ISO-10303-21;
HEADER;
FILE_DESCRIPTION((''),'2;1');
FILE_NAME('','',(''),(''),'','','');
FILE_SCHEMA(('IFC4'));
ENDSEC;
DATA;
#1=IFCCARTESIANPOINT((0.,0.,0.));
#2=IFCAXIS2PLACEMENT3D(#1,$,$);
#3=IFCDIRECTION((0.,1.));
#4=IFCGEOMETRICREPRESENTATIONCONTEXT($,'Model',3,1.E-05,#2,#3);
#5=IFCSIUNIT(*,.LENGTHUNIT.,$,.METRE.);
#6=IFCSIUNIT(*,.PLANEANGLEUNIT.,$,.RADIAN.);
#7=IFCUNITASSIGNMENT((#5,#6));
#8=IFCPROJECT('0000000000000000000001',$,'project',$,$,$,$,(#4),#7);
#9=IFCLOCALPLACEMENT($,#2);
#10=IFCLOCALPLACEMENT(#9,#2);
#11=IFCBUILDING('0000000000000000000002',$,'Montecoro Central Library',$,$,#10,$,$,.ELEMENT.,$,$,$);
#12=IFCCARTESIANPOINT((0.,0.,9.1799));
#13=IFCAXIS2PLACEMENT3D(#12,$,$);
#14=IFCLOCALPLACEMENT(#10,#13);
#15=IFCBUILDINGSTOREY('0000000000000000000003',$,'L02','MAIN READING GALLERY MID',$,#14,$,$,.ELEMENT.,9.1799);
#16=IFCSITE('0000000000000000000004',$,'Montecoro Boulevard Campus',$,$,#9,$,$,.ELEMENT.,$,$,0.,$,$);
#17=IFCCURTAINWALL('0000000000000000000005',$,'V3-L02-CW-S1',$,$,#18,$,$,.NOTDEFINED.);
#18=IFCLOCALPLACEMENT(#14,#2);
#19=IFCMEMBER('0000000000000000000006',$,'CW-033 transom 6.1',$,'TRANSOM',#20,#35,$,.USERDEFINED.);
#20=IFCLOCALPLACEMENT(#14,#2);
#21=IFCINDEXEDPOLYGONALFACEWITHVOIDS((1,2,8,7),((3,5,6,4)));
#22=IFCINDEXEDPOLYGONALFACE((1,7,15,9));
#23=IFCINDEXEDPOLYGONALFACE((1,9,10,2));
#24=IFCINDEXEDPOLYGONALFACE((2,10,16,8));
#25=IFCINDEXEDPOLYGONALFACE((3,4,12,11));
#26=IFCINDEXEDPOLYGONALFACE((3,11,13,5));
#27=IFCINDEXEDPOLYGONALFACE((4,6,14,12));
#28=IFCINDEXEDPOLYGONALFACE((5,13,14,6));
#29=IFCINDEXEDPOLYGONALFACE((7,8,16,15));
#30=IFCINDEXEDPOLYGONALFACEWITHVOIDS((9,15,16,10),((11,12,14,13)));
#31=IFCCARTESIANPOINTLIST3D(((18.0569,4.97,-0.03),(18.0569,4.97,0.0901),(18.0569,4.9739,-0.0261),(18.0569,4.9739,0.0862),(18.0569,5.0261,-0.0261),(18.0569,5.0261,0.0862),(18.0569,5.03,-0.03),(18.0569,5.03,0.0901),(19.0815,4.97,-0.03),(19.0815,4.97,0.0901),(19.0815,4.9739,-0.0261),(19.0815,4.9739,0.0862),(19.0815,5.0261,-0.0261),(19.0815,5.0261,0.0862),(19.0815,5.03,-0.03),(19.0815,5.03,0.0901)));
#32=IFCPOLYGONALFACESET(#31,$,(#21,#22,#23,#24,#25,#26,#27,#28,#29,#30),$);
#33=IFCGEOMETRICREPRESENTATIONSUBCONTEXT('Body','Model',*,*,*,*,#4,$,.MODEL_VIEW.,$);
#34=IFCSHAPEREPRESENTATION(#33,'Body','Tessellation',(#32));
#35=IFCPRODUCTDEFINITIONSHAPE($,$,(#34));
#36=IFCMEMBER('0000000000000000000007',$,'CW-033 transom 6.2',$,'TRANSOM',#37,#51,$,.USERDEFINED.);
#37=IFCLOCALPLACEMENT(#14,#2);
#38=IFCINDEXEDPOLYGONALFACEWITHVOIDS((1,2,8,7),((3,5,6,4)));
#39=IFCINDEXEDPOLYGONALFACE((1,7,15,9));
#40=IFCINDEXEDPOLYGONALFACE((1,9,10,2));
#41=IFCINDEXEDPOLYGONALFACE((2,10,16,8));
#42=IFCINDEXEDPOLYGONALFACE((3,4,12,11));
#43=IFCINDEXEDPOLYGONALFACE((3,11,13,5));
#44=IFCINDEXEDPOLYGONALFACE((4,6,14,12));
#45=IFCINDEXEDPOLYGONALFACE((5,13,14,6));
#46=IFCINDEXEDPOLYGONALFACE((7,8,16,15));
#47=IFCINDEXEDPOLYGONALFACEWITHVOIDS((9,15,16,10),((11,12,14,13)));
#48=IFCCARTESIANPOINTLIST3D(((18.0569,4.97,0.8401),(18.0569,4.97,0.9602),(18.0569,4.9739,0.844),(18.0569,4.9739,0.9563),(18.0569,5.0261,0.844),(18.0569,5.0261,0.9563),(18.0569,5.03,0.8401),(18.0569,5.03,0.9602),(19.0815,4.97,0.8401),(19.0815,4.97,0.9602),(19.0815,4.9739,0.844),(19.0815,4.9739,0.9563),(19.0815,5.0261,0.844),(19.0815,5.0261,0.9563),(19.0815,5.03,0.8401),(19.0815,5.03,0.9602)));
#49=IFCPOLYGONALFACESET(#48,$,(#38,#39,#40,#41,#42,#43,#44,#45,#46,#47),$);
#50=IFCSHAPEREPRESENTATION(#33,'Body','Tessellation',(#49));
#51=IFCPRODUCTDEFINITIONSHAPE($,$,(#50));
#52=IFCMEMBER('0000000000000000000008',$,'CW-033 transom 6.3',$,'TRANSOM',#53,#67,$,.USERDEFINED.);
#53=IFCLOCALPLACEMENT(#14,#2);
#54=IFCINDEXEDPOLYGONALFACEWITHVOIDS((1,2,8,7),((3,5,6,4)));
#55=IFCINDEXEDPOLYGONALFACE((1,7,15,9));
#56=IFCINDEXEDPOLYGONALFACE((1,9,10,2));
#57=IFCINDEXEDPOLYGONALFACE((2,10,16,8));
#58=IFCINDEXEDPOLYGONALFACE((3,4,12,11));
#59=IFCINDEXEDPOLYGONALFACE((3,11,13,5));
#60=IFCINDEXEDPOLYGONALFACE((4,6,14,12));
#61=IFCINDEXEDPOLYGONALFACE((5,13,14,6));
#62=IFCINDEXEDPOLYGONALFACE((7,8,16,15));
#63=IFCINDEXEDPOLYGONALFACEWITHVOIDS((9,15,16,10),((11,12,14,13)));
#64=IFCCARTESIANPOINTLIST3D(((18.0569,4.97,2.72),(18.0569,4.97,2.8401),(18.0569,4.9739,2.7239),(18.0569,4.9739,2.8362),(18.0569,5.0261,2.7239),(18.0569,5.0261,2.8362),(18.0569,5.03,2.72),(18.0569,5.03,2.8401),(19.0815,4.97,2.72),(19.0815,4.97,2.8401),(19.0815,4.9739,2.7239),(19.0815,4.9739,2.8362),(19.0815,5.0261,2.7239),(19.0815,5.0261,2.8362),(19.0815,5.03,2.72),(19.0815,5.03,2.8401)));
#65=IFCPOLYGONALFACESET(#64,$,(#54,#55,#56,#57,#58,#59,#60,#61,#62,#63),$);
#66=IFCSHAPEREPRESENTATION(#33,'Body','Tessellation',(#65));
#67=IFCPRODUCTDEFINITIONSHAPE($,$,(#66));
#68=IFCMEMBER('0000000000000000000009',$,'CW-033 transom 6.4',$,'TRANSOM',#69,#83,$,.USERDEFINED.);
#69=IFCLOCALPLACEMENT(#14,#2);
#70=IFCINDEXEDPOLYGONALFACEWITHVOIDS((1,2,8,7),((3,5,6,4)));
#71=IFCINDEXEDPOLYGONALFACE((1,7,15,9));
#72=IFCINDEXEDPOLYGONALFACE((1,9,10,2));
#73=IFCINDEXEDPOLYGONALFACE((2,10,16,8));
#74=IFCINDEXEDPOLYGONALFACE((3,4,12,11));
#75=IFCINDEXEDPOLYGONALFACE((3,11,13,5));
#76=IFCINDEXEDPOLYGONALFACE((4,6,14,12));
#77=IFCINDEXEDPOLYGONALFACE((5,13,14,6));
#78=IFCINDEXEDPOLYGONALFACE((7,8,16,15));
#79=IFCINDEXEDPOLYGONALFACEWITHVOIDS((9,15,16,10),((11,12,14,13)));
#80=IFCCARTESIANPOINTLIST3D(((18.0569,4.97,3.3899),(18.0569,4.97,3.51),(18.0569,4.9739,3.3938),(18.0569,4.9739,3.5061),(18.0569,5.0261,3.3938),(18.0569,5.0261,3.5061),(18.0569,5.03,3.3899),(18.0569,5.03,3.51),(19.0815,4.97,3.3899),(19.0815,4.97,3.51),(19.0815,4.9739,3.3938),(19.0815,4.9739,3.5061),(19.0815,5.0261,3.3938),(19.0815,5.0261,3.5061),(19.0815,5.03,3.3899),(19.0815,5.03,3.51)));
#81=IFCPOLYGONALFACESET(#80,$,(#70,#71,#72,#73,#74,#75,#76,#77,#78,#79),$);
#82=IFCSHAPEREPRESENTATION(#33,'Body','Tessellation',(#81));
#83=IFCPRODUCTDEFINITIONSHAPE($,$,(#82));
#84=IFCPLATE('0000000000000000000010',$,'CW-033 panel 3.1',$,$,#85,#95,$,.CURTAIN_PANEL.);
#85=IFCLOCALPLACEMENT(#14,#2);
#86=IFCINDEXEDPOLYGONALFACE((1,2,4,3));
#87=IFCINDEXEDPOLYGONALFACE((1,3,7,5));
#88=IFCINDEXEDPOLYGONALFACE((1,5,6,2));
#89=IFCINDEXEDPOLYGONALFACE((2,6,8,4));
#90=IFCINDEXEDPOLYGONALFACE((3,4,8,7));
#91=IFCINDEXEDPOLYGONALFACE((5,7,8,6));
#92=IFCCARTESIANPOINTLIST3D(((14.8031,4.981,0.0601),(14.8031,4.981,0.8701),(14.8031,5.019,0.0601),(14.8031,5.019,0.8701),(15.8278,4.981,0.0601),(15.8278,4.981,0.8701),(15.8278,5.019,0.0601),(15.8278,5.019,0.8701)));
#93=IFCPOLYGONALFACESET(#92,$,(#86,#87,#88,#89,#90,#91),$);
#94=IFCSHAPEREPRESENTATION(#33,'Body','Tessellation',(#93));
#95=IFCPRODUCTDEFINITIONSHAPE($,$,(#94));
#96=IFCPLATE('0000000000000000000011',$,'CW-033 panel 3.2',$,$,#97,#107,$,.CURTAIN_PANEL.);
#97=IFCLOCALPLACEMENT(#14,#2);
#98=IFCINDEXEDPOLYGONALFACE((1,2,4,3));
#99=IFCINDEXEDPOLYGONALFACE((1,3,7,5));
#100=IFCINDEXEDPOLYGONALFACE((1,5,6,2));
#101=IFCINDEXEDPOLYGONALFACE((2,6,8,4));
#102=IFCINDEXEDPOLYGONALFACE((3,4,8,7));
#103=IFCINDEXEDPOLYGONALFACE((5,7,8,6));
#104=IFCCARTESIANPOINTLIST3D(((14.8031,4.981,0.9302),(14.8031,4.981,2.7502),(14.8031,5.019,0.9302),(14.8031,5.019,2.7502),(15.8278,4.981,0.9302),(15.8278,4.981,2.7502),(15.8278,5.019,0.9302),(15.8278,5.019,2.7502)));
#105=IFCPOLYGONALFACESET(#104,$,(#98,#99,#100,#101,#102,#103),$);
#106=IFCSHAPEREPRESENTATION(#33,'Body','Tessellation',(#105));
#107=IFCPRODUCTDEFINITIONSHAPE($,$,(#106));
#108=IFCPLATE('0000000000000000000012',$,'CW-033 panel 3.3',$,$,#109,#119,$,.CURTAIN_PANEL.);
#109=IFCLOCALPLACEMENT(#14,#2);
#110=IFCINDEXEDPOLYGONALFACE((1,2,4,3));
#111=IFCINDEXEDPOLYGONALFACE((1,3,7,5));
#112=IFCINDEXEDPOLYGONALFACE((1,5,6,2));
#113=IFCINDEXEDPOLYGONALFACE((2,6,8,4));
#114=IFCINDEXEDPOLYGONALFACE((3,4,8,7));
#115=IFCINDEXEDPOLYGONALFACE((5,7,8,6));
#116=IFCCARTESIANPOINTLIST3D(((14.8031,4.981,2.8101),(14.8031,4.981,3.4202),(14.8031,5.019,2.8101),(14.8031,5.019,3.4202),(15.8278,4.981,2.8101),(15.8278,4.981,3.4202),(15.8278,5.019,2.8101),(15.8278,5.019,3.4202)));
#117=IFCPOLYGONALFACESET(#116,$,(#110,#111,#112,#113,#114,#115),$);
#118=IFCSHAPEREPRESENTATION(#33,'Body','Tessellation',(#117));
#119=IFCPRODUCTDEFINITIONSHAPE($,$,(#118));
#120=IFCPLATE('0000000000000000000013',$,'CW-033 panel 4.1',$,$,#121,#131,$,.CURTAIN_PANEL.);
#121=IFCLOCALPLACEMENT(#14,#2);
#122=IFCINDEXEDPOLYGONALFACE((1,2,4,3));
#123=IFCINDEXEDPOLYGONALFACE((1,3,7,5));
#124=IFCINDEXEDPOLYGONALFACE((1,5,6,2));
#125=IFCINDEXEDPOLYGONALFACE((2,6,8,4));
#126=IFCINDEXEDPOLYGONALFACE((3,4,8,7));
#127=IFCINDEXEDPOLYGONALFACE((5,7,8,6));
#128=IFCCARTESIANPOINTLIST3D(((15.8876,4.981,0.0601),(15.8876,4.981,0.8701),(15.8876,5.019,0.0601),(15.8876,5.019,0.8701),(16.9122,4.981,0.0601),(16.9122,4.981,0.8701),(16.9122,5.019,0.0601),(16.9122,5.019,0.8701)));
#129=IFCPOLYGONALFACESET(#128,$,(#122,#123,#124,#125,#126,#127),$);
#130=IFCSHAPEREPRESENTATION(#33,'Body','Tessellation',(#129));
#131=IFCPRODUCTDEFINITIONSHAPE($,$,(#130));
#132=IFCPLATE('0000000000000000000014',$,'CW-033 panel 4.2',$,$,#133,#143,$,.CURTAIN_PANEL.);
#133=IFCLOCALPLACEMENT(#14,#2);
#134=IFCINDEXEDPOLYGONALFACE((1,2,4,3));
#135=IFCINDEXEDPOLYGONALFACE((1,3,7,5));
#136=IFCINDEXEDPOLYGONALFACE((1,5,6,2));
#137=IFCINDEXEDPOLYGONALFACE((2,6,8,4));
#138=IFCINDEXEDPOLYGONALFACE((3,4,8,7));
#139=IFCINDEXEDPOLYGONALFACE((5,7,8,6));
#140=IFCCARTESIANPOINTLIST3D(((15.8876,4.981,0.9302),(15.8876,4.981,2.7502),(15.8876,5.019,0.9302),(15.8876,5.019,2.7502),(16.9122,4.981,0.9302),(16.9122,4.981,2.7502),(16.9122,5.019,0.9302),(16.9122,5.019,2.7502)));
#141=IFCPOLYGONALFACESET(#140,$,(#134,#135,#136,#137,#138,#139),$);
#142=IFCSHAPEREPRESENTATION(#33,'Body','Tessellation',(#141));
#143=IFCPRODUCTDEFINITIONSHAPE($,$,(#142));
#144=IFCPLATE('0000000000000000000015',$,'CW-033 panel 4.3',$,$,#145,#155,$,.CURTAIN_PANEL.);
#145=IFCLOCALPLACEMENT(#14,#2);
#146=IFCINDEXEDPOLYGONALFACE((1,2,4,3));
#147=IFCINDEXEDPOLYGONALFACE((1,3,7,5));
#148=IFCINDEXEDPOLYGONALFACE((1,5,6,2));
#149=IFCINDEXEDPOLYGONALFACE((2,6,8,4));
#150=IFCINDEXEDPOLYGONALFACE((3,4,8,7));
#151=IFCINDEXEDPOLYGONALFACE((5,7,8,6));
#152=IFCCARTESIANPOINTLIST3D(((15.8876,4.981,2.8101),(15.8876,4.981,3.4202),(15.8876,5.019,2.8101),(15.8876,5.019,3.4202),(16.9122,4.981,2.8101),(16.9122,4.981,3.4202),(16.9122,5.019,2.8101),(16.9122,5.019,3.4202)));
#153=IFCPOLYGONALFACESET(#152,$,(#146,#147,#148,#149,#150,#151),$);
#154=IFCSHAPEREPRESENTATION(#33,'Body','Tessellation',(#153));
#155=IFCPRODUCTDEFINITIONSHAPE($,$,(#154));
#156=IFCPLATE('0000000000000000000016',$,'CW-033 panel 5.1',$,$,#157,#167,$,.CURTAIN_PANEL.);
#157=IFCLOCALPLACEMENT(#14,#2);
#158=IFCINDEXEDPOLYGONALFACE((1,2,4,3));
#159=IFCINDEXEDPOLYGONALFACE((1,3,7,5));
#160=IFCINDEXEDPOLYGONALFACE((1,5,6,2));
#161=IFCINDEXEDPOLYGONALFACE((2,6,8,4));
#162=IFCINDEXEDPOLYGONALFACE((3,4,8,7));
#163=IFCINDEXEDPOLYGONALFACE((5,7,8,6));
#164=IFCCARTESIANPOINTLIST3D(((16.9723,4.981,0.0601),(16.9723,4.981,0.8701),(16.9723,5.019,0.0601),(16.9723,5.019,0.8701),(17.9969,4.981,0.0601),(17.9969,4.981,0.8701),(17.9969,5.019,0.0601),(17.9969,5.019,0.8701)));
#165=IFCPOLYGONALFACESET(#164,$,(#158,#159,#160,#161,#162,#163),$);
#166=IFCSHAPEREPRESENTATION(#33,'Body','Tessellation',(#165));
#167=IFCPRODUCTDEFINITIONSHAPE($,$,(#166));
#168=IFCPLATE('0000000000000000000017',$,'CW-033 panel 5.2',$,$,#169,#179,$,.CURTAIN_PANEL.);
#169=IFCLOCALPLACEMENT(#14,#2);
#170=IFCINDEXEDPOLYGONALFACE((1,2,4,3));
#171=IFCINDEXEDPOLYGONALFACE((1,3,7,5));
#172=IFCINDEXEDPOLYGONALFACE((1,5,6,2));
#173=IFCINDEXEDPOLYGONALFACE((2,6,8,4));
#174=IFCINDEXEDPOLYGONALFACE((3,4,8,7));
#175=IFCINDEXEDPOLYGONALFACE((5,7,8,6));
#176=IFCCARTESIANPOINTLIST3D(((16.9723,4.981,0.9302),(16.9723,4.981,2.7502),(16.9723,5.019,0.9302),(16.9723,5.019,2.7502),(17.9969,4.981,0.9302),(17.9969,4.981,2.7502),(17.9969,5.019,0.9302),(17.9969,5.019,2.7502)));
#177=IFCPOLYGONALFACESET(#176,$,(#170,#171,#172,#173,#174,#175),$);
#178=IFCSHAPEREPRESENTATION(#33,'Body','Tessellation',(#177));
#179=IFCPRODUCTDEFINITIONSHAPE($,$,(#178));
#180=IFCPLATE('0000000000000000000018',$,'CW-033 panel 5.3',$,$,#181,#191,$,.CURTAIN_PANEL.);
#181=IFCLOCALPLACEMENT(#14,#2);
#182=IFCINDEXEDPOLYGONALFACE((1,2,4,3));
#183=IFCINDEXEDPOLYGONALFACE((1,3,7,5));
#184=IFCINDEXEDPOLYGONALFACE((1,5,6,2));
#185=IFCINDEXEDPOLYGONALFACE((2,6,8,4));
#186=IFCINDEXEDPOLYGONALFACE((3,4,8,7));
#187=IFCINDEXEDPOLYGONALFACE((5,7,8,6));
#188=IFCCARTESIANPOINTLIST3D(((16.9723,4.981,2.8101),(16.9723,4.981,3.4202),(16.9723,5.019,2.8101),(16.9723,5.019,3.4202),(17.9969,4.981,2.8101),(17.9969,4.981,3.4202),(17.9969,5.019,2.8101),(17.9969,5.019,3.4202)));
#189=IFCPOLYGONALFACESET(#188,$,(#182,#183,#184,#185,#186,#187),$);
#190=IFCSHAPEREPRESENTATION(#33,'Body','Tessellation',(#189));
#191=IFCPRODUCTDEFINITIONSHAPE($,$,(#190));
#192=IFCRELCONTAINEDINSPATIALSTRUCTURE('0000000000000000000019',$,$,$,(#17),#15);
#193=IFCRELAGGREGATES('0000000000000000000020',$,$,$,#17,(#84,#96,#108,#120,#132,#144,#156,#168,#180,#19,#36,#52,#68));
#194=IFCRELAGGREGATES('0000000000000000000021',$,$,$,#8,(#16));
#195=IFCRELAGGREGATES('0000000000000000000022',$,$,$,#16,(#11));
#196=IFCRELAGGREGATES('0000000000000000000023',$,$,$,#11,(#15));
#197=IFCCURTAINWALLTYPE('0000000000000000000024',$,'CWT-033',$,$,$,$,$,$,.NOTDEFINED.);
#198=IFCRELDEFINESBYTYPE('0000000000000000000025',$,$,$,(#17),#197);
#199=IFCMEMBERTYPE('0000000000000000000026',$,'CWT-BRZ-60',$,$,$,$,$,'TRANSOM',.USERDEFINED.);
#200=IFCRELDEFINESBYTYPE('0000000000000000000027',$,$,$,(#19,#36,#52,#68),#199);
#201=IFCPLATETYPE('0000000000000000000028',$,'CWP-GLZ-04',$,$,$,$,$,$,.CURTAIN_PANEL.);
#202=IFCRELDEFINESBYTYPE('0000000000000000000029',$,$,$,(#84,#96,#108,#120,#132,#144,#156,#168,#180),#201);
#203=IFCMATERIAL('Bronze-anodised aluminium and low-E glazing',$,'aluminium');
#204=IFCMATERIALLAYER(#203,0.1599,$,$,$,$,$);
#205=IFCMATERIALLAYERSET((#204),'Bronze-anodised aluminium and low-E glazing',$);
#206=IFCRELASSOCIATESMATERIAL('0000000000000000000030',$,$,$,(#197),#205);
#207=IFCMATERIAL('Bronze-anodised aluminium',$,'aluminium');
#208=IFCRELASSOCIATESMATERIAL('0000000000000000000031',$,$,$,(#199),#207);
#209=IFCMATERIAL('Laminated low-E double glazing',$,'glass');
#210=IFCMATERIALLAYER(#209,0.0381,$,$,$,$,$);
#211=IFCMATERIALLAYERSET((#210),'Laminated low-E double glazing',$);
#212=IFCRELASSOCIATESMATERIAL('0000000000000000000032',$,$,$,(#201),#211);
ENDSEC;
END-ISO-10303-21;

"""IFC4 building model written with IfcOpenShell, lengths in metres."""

from ifc_helpers import new_model, si_unit, direction, frame, origin, origin_2d, place, context, subcontext, project, spatial, rectangle, hollow_rectangle, extrude, material, layer, layer_set, material_profile, profile_set, type_object, element, aggregate, save


model = new_model("IFC4")

# Units and contexts
model_context = context("Model", 3, precision=1e-05, world=origin(), true_north=direction((0.0, 1.0)))
body_context = subcontext(model_context, "Body", "Model", "MODEL_VIEW")
ifc_project = project(units=[si_unit("LENGTHUNIT", "METRE"), si_unit("PLANEANGLEUNIT", "RADIAN")], contexts=[model_context])

# Site, building, storey
site_placement = place(None, origin())
site = spatial("IfcSite", under=ifc_project, at=site_placement, Name="Montecoro Boulevard Campus", CompositionType="ELEMENT", RefElevation=0.0)
building_placement = place(site_placement, origin())
building = spatial("IfcBuilding", under=site, at=building_placement, Name="Montecoro Central Library", CompositionType="ELEMENT")
storey_placement = place(building_placement, frame((0.0, 0.0, 9.1799)))
storey = spatial("IfcBuildingStorey", under=building, at=storey_placement, Name="L02", Description="MAIN READING GALLERY MID", CompositionType="ELEMENT", Elevation=9.1799)

# Curtain wall, members, plates
ifc_material_1 = material(Name="Bronze-anodised aluminium and low-E glazing", Category="aluminium")
ifc_layer_1 = layer(ifc_material_1, 0.1599)
ifc_layer_set_1 = layer_set([ifc_layer_1], Name="Bronze-anodised aluminium and low-E glazing")
curtain_wall_type = type_object("IfcCurtainWallType", Name="CWT-033", PredefinedType="NOTDEFINED", material=ifc_layer_set_1)
curtain_wall_placement = place(storey_placement, origin())
curtain_wall = element("IfcCurtainWall", 1, at=curtain_wall_placement, inside=storey, type_object=curtain_wall_type, Name="V3-L02-CW-S1", PredefinedType="NOTDEFINED")
ifc_material_2 = material(Name="Bronze-anodised aluminium", Category="aluminium")
ifc_material_profile_1 = material_profile(ifc_material_2, hollow_rectangle(XDim=0.0601, YDim=0.1201, WallThickness=0.0039, at=origin_2d()), Name="CWT 120x60x4.0")
ifc_profile_set_1 = profile_set([ifc_material_profile_1], Name="Bronze-anodised aluminium")
member_type_1 = type_object("IfcMemberType", Name="CWT-BRZ-60", ElementType="TRANSOM", PredefinedType="USERDEFINED", material=ifc_profile_set_1)
member_1_placement = place(storey_placement, frame((18.0569, 5.0, 0.03), z_axis=(1.0, 0.0, 0.0), x_axis=(0.0, 1.0, 0.0)))
member_1 = element("IfcMember", 2, at=member_1_placement, type_object=member_type_1, Name="CW-033 transom 6.1", ObjectType="TRANSOM", PredefinedType="USERDEFINED", context=body_context, shape_type="SweptSolid", body=[
    extrude(hollow_rectangle(XDim=0.0601, YDim=0.1201, WallThickness=0.0039, at=origin_2d()), origin(), (0.0, 0.0, 1.0), 1.0247),
])
member_2_placement = place(storey_placement, frame((18.0569, 5.0, 0.9001), z_axis=(1.0, 0.0, 0.0), x_axis=(0.0, 1.0, 0.0)))
member_2 = element("IfcMember", 3, at=member_2_placement, type_object=member_type_1, Name="CW-033 transom 6.2", ObjectType="TRANSOM", PredefinedType="USERDEFINED", context=body_context, shape_type="SweptSolid", body=[
    extrude(hollow_rectangle(XDim=0.0601, YDim=0.1201, WallThickness=0.0039, at=origin_2d()), origin(), (0.0, 0.0, 1.0), 1.0247),
])
member_3_placement = place(storey_placement, frame((18.0569, 5.0, 2.78), z_axis=(1.0, 0.0, 0.0), x_axis=(0.0, 1.0, 0.0)))
member_3 = element("IfcMember", 4, at=member_3_placement, type_object=member_type_1, Name="CW-033 transom 6.3", ObjectType="TRANSOM", PredefinedType="USERDEFINED", context=body_context, shape_type="SweptSolid", body=[
    extrude(hollow_rectangle(XDim=0.0601, YDim=0.1201, WallThickness=0.0039, at=origin_2d()), origin(), (0.0, 0.0, 1.0), 1.0247),
])
member_4_placement = place(storey_placement, frame((18.0569, 5.0, 3.45), z_axis=(1.0, 0.0, 0.0), x_axis=(0.0, 1.0, 0.0)))
member_4 = element("IfcMember", 5, at=member_4_placement, type_object=member_type_1, Name="CW-033 transom 6.4", ObjectType="TRANSOM", PredefinedType="USERDEFINED", context=body_context, shape_type="SweptSolid", body=[
    extrude(hollow_rectangle(XDim=0.0601, YDim=0.1201, WallThickness=0.0039, at=origin_2d()), origin(), (0.0, 0.0, 1.0), 1.0247),
])
ifc_material_3 = material(Name="Laminated low-E double glazing", Category="glass")
ifc_layer_2 = layer(ifc_material_3, 0.0381)
ifc_layer_set_2 = layer_set([ifc_layer_2], Name="Laminated low-E double glazing")
plate_type_1 = type_object("IfcPlateType", Name="CWP-GLZ-04", PredefinedType="CURTAIN_PANEL", material=ifc_layer_set_2)
plate_1_placement = place(storey_placement, frame((15.3154, 5.0, 0.0601), z_axis=(0.0, 0.0, 1.0), x_axis=(1.0, 0.0, 0.0)))
plate_1 = element("IfcPlate", 6, at=plate_1_placement, type_object=plate_type_1, Name="CW-033 panel 3.1", PredefinedType="CURTAIN_PANEL", context=body_context, shape_type="SweptSolid", body=[
    extrude(rectangle(XDim=1.0247, YDim=0.0381, at=origin_2d()), origin(), (0.0, 0.0, 1.0), 0.8101),
])
plate_2_placement = place(storey_placement, frame((15.3154, 5.0, 0.9302), z_axis=(0.0, 0.0, 1.0), x_axis=(1.0, 0.0, 0.0)))
plate_2 = element("IfcPlate", 7, at=plate_2_placement, type_object=plate_type_1, Name="CW-033 panel 3.2", PredefinedType="CURTAIN_PANEL", context=body_context, shape_type="SweptSolid", body=[
    extrude(rectangle(XDim=1.0247, YDim=0.0381, at=origin_2d()), origin(), (0.0, 0.0, 1.0), 1.8201),
])
plate_3_placement = place(storey_placement, frame((15.3154, 5.0, 2.8101), z_axis=(0.0, 0.0, 1.0), x_axis=(1.0, 0.0, 0.0)))
plate_3 = element("IfcPlate", 8, at=plate_3_placement, type_object=plate_type_1, Name="CW-033 panel 3.3", PredefinedType="CURTAIN_PANEL", context=body_context, shape_type="SweptSolid", body=[
    extrude(rectangle(XDim=1.0247, YDim=0.0381, at=origin_2d()), origin(), (0.0, 0.0, 1.0), 0.6101),
])
plate_4_placement = place(storey_placement, frame((16.3999, 5.0, 0.0601), z_axis=(0.0, 0.0, 1.0), x_axis=(1.0, 0.0, 0.0)))
plate_4 = element("IfcPlate", 9, at=plate_4_placement, type_object=plate_type_1, Name="CW-033 panel 4.1", PredefinedType="CURTAIN_PANEL", context=body_context, shape_type="SweptSolid", body=[
    extrude(rectangle(XDim=1.0247, YDim=0.0381, at=origin_2d()), origin(), (0.0, 0.0, 1.0), 0.8101),
])
plate_5_placement = place(storey_placement, frame((16.3999, 5.0, 0.9302), z_axis=(0.0, 0.0, 1.0), x_axis=(1.0, 0.0, 0.0)))
plate_5 = element("IfcPlate", 10, at=plate_5_placement, type_object=plate_type_1, Name="CW-033 panel 4.2", PredefinedType="CURTAIN_PANEL", context=body_context, shape_type="SweptSolid", body=[
    extrude(rectangle(XDim=1.0247, YDim=0.0381, at=origin_2d()), origin(), (0.0, 0.0, 1.0), 1.8201),
])
plate_6_placement = place(storey_placement, frame((16.3999, 5.0, 2.8101), z_axis=(0.0, 0.0, 1.0), x_axis=(1.0, 0.0, 0.0)))
plate_6 = element("IfcPlate", 11, at=plate_6_placement, type_object=plate_type_1, Name="CW-033 panel 4.3", PredefinedType="CURTAIN_PANEL", context=body_context, shape_type="SweptSolid", body=[
    extrude(rectangle(XDim=1.0247, YDim=0.0381, at=origin_2d()), origin(), (0.0, 0.0, 1.0), 0.6101),
])
plate_7_placement = place(storey_placement, frame((17.4846, 5.0, 0.0601), z_axis=(0.0, 0.0, 1.0), x_axis=(1.0, 0.0, 0.0)))
plate_7 = element("IfcPlate", 12, at=plate_7_placement, type_object=plate_type_1, Name="CW-033 panel 5.1", PredefinedType="CURTAIN_PANEL", context=body_context, shape_type="SweptSolid", body=[
    extrude(rectangle(XDim=1.0247, YDim=0.0381, at=origin_2d()), origin(), (0.0, 0.0, 1.0), 0.8101),
])
plate_8_placement = place(storey_placement, frame((17.4846, 5.0, 0.9302), z_axis=(0.0, 0.0, 1.0), x_axis=(1.0, 0.0, 0.0)))
plate_8 = element("IfcPlate", 13, at=plate_8_placement, type_object=plate_type_1, Name="CW-033 panel 5.2", PredefinedType="CURTAIN_PANEL", context=body_context, shape_type="SweptSolid", body=[
    extrude(rectangle(XDim=1.0247, YDim=0.0381, at=origin_2d()), origin(), (0.0, 0.0, 1.0), 1.8201),
])
plate_9_placement = place(storey_placement, frame((17.4846, 5.0, 2.8101), z_axis=(0.0, 0.0, 1.0), x_axis=(1.0, 0.0, 0.0)))
plate_9 = element("IfcPlate", 14, at=plate_9_placement, type_object=plate_type_1, Name="CW-033 panel 5.3", PredefinedType="CURTAIN_PANEL", context=body_context, shape_type="SweptSolid", body=[
    extrude(rectangle(XDim=1.0247, YDim=0.0381, at=origin_2d()), origin(), (0.0, 0.0, 1.0), 0.6101),
])
aggregate(curtain_wall, [plate_1, plate_2, plate_3, plate_4, plate_5, plate_6, plate_7, plate_8, plate_9, member_1, member_2, member_3, member_4])

save(model, "model.ifc")
